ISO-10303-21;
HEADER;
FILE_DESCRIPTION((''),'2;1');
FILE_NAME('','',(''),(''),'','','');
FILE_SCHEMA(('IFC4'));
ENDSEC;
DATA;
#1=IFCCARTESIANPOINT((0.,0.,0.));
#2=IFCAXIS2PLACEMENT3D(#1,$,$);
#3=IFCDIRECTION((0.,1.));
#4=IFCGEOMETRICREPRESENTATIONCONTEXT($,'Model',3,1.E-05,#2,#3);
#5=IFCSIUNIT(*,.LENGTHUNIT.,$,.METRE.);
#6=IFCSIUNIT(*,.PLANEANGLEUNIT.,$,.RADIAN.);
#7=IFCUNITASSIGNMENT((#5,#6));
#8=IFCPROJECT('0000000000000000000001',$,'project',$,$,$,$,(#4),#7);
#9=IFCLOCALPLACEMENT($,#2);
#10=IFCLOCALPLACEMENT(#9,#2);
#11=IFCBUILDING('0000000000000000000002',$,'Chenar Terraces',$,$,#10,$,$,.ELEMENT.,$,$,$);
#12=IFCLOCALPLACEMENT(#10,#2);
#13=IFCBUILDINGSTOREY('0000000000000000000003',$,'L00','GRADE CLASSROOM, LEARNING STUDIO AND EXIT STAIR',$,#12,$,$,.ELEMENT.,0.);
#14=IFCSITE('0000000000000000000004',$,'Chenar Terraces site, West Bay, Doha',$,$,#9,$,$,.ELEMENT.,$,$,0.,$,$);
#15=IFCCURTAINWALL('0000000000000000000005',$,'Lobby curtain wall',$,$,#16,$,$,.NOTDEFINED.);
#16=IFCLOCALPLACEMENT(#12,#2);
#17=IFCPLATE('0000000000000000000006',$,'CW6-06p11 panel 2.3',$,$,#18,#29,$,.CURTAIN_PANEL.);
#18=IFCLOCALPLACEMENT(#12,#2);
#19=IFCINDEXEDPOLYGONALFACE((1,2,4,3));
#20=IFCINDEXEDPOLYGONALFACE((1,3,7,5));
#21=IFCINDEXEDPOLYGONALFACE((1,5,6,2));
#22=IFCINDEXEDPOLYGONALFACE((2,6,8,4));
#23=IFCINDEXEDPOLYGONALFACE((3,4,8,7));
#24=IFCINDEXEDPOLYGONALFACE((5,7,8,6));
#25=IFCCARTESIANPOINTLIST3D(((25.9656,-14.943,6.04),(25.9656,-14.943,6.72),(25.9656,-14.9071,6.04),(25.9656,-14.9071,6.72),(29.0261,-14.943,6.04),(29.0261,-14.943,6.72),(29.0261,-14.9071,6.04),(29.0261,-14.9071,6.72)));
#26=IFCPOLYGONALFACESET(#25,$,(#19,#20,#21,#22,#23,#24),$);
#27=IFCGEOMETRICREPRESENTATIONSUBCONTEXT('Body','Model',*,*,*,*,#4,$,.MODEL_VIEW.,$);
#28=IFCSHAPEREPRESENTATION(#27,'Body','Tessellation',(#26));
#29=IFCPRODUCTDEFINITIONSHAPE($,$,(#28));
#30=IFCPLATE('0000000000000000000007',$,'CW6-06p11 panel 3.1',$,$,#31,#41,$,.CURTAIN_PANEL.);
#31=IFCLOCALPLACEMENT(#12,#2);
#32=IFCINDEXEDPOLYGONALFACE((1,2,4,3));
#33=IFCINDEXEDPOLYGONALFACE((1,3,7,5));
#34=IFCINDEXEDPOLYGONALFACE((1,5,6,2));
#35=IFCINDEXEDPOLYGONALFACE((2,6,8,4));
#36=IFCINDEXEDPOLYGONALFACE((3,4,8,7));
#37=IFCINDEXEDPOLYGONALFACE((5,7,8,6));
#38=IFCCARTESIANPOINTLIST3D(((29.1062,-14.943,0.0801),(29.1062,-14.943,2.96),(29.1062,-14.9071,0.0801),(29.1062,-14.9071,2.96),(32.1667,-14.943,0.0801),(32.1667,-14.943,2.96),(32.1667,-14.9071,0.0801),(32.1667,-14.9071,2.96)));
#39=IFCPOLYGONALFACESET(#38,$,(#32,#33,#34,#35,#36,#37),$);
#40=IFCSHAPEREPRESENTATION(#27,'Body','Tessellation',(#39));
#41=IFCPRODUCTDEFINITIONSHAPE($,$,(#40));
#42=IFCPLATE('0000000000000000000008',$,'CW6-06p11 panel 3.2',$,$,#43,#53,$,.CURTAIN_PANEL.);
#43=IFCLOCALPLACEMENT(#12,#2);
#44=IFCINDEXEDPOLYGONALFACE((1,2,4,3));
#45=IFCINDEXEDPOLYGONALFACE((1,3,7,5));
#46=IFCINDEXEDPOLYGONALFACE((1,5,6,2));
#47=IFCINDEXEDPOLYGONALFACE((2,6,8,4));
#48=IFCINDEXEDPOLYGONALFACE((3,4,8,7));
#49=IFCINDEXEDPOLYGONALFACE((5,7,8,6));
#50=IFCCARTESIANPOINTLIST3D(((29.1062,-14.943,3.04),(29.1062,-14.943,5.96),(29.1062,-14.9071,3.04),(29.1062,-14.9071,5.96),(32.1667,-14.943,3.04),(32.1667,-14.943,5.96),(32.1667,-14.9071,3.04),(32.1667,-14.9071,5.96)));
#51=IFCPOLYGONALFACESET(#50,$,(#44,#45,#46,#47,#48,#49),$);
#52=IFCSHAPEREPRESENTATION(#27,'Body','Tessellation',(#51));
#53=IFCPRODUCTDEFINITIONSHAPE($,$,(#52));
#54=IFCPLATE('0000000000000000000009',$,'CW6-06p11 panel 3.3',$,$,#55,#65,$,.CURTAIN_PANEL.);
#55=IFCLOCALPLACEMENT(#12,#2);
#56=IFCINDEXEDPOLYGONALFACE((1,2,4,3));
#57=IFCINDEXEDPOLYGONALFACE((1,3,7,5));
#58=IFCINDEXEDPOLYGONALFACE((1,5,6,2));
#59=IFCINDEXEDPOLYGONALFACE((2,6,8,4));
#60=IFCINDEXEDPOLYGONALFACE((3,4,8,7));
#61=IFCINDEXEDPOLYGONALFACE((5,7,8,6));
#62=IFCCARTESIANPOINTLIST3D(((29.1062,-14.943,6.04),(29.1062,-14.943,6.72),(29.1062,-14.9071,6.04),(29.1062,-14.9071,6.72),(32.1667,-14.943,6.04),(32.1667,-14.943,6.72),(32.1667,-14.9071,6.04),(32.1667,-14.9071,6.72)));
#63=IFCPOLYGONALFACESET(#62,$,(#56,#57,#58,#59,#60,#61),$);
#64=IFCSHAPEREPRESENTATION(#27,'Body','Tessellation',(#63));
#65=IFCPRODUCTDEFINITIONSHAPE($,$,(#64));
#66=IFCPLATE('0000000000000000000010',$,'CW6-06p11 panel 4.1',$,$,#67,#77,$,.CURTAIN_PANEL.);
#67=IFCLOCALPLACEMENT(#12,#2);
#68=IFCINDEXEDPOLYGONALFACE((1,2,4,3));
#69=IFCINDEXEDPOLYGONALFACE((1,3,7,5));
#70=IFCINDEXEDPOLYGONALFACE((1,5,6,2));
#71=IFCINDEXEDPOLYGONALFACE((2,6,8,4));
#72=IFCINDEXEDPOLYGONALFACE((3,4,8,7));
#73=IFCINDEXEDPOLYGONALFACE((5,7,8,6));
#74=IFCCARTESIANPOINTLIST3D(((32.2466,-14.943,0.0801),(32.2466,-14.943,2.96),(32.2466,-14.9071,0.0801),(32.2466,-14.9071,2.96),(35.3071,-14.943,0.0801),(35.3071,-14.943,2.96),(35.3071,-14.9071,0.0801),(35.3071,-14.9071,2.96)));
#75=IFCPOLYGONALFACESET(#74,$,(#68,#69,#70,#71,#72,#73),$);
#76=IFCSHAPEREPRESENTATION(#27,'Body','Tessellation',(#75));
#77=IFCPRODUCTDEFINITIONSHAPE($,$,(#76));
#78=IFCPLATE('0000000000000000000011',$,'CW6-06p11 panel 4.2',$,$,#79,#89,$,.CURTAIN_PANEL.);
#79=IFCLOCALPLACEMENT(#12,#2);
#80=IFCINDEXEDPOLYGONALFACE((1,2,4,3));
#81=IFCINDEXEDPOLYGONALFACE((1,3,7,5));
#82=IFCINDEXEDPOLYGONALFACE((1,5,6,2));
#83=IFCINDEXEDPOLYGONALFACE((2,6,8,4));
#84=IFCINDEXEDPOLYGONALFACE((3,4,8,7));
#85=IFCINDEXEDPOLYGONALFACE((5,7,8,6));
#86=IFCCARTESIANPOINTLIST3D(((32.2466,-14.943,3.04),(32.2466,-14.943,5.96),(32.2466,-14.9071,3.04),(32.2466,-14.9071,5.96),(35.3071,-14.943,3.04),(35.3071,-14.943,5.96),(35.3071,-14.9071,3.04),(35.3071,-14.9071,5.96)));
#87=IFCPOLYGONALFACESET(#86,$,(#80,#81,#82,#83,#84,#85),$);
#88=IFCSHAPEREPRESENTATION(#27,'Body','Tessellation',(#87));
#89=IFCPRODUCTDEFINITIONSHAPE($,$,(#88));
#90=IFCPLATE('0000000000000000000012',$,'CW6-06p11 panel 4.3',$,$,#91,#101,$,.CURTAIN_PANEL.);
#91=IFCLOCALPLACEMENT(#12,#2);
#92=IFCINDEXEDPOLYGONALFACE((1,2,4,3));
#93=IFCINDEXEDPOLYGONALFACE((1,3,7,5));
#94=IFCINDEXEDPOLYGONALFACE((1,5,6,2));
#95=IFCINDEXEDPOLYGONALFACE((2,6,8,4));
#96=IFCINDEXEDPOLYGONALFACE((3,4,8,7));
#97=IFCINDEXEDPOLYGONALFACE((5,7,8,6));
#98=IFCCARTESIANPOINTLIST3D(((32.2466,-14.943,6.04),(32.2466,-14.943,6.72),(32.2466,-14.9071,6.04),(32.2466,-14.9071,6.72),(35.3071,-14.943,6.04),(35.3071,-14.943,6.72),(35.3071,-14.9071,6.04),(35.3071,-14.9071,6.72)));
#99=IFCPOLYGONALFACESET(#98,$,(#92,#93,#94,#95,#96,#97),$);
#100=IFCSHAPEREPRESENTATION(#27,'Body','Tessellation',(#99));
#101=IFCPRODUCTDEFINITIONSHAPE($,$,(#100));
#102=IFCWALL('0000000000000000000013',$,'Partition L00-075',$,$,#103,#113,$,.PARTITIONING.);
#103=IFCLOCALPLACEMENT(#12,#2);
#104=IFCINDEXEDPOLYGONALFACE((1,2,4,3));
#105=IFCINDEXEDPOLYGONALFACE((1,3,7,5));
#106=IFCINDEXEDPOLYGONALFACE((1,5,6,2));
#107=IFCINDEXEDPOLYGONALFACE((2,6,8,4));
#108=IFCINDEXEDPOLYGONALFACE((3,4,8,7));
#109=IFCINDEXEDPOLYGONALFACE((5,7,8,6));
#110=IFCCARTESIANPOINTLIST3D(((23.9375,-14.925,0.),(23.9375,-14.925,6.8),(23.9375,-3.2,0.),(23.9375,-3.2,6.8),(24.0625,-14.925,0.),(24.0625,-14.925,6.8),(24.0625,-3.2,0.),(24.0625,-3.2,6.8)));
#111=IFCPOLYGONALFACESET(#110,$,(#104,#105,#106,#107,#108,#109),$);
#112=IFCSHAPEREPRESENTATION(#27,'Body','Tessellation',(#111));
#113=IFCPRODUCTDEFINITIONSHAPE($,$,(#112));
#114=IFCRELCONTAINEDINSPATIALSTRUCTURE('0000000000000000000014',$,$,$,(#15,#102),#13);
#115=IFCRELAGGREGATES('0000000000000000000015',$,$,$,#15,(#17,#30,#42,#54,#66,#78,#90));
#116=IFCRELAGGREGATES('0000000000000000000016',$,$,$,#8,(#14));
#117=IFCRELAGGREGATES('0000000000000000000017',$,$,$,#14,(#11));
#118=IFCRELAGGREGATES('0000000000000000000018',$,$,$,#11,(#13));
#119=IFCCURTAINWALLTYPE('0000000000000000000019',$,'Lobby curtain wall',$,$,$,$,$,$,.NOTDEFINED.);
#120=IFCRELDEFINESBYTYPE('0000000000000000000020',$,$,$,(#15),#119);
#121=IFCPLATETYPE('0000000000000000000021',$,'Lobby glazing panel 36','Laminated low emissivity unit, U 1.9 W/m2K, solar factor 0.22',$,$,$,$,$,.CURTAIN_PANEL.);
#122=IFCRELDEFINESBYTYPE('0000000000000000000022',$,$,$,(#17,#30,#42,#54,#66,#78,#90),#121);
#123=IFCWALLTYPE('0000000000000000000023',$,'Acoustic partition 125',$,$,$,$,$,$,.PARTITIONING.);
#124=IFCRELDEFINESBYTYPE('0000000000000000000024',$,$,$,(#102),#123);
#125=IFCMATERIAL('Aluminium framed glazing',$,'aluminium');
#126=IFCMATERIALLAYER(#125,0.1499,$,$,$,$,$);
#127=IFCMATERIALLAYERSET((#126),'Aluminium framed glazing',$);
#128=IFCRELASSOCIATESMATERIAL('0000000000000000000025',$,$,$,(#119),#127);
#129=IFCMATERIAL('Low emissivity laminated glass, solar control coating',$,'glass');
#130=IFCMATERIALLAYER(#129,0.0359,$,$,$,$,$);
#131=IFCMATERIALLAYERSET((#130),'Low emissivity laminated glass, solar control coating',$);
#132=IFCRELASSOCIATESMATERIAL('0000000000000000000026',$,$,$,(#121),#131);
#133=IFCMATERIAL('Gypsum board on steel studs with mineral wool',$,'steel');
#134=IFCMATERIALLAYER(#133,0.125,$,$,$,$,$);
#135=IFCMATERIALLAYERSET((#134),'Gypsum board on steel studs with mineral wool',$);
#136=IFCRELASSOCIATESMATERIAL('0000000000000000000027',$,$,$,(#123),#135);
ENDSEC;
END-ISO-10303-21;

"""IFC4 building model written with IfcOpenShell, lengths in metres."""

from ifc_helpers import new_model, si_unit, direction, frame, frame_2d, origin, origin_2d, place, context, subcontext, project, spatial, rectangle, extrude, material, layer, layer_set, type_object, element, aggregate, save


model = new_model("IFC4")

# Units and contexts
model_context = context("Model", 3, precision=1e-05, world=origin(), true_north=direction((0.0, 1.0)))
body_context = subcontext(model_context, "Body", "Model", "MODEL_VIEW")
ifc_project = project(units=[si_unit("LENGTHUNIT", "METRE"), si_unit("PLANEANGLEUNIT", "RADIAN")], contexts=[model_context])

# Site, building, storey
site_placement = place(None, origin())
site = spatial("IfcSite", under=ifc_project, at=site_placement, Name="Chenar Terraces site, West Bay, Doha", CompositionType="ELEMENT", RefElevation=0.0)
building_placement = place(site_placement, origin())
building = spatial("IfcBuilding", under=site, at=building_placement, Name="Chenar Terraces", CompositionType="ELEMENT")
storey_placement = place(building_placement, origin())
storey = spatial("IfcBuildingStorey", under=building, at=storey_placement, Name="L00", Description="GRADE CLASSROOM, LEARNING STUDIO AND EXIT STAIR", CompositionType="ELEMENT", Elevation=0.0)

# Shared definitions
ifc_material_1 = material(Name="Aluminium framed glazing", Category="aluminium")
ifc_layer_1 = layer(ifc_material_1, 0.1499)
ifc_layer_set_1 = layer_set([ifc_layer_1], Name="Aluminium framed glazing")
curtain_wall_type = type_object("IfcCurtainWallType", Name="Lobby curtain wall", PredefinedType="NOTDEFINED", material=ifc_layer_set_1)
placement = place(storey_placement, origin())

# Curtain wall
curtain_wall_1 = element("IfcCurtainWall", 1, at=placement, inside=storey, type_object=curtain_wall_type, Name="Lobby curtain wall", PredefinedType="NOTDEFINED")

# Plates
ifc_material_2 = material(Name="Low emissivity laminated glass, solar control coating", Category="glass")
ifc_layer_2 = layer(ifc_material_2, 0.0359)
ifc_layer_set_2 = layer_set([ifc_layer_2], Name="Low emissivity laminated glass, solar control coating")
plate_type = type_object("IfcPlateType", Name="Lobby glazing panel 36", Description="Laminated low emissivity unit, U 1.9 W/m2K, solar factor 0.22", PredefinedType="CURTAIN_PANEL", material=ifc_layer_set_2)
plate_1_placement = place(storey_placement, frame((27.4958, -14.925, 6.04), z_axis=(0.0, 0.0, 1.0), x_axis=(1.0, 0.0, 0.0)))
plate_1 = element("IfcPlate", 2, at=plate_1_placement, type_object=plate_type, Name="CW6-06p11 panel 2.3", PredefinedType="CURTAIN_PANEL", context=body_context, shape_type="SweptSolid", body=[
    extrude(rectangle(XDim=3.0605, YDim=0.0359, at=origin_2d()), origin(), (0.0, 0.0, 1.0), 0.6799),
])
plate_2_placement = place(storey_placement, frame((30.6365, -14.925, 0.0801), z_axis=(0.0, 0.0, 1.0), x_axis=(1.0, 0.0, 0.0)))
plate_2 = element("IfcPlate", 3, at=plate_2_placement, type_object=plate_type, Name="CW6-06p11 panel 3.1", PredefinedType="CURTAIN_PANEL", context=body_context, shape_type="SweptSolid", body=[
    extrude(rectangle(XDim=3.0605, YDim=0.0359, at=origin_2d()), origin(), (0.0, 0.0, 1.0), 2.8799),
])
plate_3_placement = place(storey_placement, frame((30.6365, -14.925, 3.04), z_axis=(0.0, 0.0, 1.0), x_axis=(1.0, 0.0, 0.0)))
plate_3 = element("IfcPlate", 4, at=plate_3_placement, type_object=plate_type, Name="CW6-06p11 panel 3.2", PredefinedType="CURTAIN_PANEL", context=body_context, shape_type="SweptSolid", body=[
    extrude(rectangle(XDim=3.0605, YDim=0.0359, at=origin_2d()), origin(), (0.0, 0.0, 1.0), 2.9199),
])
plate_4_placement = place(storey_placement, frame((30.6365, -14.925, 6.04), z_axis=(0.0, 0.0, 1.0), x_axis=(1.0, 0.0, 0.0)))
plate_4 = element("IfcPlate", 5, at=plate_4_placement, type_object=plate_type, Name="CW6-06p11 panel 3.3", PredefinedType="CURTAIN_PANEL", context=body_context, shape_type="SweptSolid", body=[
    extrude(rectangle(XDim=3.0605, YDim=0.0359, at=origin_2d()), origin(), (0.0, 0.0, 1.0), 0.6799),
])
plate_5_placement = place(storey_placement, frame((33.7769, -14.925, 0.0801), z_axis=(0.0, 0.0, 1.0), x_axis=(1.0, 0.0, 0.0)))
plate_5 = element("IfcPlate", 6, at=plate_5_placement, type_object=plate_type, Name="CW6-06p11 panel 4.1", PredefinedType="CURTAIN_PANEL", context=body_context, shape_type="SweptSolid", body=[
    extrude(rectangle(XDim=3.0605, YDim=0.0359, at=origin_2d()), origin(), (0.0, 0.0, 1.0), 2.8799),
])
plate_6_placement = place(storey_placement, frame((33.7769, -14.925, 3.04), z_axis=(0.0, 0.0, 1.0), x_axis=(1.0, 0.0, 0.0)))
plate_6 = element("IfcPlate", 7, at=plate_6_placement, type_object=plate_type, Name="CW6-06p11 panel 4.2", PredefinedType="CURTAIN_PANEL", context=body_context, shape_type="SweptSolid", body=[
    extrude(rectangle(XDim=3.0605, YDim=0.0359, at=origin_2d()), origin(), (0.0, 0.0, 1.0), 2.9199),
])
plate_7_placement = place(storey_placement, frame((33.7769, -14.925, 6.04), z_axis=(0.0, 0.0, 1.0), x_axis=(1.0, 0.0, 0.0)))
plate_7 = element("IfcPlate", 8, at=plate_7_placement, type_object=plate_type, Name="CW6-06p11 panel 4.3", PredefinedType="CURTAIN_PANEL", context=body_context, shape_type="SweptSolid", body=[
    extrude(rectangle(XDim=3.0605, YDim=0.0359, at=origin_2d()), origin(), (0.0, 0.0, 1.0), 0.6799),
])
aggregate(curtain_wall_1, [plate_1, plate_2, plate_3, plate_4, plate_5, plate_6, plate_7])

# Wall
ifc_material_3 = material(Name="Gypsum board on steel studs with mineral wool", Category="steel")
ifc_layer_3 = layer(ifc_material_3, 0.125)
ifc_layer_set_3 = layer_set([ifc_layer_3], Name="Gypsum board on steel studs with mineral wool")
wall_type = type_object("IfcWallType", Name="Acoustic partition 125", PredefinedType="PARTITIONING", material=ifc_layer_set_3)
wall_placement = place(storey_placement, frame((24.0, -14.925, 0.0), z_axis=(0.0, 0.0, 1.0), x_axis=(0.0, 1.0, 0.0)))
element("IfcWall", 9, at=wall_placement, inside=storey, type_object=wall_type, Name="Partition L00-075", PredefinedType="PARTITIONING", context=body_context, shape_type="SweptSolid", body=[
    extrude(rectangle(XDim=11.7251, YDim=0.125, at=frame_2d((5.8625, 0.0))), origin(), (0.0, 0.0, 1.0), 6.8),
])

save(model, "model.ifc")
